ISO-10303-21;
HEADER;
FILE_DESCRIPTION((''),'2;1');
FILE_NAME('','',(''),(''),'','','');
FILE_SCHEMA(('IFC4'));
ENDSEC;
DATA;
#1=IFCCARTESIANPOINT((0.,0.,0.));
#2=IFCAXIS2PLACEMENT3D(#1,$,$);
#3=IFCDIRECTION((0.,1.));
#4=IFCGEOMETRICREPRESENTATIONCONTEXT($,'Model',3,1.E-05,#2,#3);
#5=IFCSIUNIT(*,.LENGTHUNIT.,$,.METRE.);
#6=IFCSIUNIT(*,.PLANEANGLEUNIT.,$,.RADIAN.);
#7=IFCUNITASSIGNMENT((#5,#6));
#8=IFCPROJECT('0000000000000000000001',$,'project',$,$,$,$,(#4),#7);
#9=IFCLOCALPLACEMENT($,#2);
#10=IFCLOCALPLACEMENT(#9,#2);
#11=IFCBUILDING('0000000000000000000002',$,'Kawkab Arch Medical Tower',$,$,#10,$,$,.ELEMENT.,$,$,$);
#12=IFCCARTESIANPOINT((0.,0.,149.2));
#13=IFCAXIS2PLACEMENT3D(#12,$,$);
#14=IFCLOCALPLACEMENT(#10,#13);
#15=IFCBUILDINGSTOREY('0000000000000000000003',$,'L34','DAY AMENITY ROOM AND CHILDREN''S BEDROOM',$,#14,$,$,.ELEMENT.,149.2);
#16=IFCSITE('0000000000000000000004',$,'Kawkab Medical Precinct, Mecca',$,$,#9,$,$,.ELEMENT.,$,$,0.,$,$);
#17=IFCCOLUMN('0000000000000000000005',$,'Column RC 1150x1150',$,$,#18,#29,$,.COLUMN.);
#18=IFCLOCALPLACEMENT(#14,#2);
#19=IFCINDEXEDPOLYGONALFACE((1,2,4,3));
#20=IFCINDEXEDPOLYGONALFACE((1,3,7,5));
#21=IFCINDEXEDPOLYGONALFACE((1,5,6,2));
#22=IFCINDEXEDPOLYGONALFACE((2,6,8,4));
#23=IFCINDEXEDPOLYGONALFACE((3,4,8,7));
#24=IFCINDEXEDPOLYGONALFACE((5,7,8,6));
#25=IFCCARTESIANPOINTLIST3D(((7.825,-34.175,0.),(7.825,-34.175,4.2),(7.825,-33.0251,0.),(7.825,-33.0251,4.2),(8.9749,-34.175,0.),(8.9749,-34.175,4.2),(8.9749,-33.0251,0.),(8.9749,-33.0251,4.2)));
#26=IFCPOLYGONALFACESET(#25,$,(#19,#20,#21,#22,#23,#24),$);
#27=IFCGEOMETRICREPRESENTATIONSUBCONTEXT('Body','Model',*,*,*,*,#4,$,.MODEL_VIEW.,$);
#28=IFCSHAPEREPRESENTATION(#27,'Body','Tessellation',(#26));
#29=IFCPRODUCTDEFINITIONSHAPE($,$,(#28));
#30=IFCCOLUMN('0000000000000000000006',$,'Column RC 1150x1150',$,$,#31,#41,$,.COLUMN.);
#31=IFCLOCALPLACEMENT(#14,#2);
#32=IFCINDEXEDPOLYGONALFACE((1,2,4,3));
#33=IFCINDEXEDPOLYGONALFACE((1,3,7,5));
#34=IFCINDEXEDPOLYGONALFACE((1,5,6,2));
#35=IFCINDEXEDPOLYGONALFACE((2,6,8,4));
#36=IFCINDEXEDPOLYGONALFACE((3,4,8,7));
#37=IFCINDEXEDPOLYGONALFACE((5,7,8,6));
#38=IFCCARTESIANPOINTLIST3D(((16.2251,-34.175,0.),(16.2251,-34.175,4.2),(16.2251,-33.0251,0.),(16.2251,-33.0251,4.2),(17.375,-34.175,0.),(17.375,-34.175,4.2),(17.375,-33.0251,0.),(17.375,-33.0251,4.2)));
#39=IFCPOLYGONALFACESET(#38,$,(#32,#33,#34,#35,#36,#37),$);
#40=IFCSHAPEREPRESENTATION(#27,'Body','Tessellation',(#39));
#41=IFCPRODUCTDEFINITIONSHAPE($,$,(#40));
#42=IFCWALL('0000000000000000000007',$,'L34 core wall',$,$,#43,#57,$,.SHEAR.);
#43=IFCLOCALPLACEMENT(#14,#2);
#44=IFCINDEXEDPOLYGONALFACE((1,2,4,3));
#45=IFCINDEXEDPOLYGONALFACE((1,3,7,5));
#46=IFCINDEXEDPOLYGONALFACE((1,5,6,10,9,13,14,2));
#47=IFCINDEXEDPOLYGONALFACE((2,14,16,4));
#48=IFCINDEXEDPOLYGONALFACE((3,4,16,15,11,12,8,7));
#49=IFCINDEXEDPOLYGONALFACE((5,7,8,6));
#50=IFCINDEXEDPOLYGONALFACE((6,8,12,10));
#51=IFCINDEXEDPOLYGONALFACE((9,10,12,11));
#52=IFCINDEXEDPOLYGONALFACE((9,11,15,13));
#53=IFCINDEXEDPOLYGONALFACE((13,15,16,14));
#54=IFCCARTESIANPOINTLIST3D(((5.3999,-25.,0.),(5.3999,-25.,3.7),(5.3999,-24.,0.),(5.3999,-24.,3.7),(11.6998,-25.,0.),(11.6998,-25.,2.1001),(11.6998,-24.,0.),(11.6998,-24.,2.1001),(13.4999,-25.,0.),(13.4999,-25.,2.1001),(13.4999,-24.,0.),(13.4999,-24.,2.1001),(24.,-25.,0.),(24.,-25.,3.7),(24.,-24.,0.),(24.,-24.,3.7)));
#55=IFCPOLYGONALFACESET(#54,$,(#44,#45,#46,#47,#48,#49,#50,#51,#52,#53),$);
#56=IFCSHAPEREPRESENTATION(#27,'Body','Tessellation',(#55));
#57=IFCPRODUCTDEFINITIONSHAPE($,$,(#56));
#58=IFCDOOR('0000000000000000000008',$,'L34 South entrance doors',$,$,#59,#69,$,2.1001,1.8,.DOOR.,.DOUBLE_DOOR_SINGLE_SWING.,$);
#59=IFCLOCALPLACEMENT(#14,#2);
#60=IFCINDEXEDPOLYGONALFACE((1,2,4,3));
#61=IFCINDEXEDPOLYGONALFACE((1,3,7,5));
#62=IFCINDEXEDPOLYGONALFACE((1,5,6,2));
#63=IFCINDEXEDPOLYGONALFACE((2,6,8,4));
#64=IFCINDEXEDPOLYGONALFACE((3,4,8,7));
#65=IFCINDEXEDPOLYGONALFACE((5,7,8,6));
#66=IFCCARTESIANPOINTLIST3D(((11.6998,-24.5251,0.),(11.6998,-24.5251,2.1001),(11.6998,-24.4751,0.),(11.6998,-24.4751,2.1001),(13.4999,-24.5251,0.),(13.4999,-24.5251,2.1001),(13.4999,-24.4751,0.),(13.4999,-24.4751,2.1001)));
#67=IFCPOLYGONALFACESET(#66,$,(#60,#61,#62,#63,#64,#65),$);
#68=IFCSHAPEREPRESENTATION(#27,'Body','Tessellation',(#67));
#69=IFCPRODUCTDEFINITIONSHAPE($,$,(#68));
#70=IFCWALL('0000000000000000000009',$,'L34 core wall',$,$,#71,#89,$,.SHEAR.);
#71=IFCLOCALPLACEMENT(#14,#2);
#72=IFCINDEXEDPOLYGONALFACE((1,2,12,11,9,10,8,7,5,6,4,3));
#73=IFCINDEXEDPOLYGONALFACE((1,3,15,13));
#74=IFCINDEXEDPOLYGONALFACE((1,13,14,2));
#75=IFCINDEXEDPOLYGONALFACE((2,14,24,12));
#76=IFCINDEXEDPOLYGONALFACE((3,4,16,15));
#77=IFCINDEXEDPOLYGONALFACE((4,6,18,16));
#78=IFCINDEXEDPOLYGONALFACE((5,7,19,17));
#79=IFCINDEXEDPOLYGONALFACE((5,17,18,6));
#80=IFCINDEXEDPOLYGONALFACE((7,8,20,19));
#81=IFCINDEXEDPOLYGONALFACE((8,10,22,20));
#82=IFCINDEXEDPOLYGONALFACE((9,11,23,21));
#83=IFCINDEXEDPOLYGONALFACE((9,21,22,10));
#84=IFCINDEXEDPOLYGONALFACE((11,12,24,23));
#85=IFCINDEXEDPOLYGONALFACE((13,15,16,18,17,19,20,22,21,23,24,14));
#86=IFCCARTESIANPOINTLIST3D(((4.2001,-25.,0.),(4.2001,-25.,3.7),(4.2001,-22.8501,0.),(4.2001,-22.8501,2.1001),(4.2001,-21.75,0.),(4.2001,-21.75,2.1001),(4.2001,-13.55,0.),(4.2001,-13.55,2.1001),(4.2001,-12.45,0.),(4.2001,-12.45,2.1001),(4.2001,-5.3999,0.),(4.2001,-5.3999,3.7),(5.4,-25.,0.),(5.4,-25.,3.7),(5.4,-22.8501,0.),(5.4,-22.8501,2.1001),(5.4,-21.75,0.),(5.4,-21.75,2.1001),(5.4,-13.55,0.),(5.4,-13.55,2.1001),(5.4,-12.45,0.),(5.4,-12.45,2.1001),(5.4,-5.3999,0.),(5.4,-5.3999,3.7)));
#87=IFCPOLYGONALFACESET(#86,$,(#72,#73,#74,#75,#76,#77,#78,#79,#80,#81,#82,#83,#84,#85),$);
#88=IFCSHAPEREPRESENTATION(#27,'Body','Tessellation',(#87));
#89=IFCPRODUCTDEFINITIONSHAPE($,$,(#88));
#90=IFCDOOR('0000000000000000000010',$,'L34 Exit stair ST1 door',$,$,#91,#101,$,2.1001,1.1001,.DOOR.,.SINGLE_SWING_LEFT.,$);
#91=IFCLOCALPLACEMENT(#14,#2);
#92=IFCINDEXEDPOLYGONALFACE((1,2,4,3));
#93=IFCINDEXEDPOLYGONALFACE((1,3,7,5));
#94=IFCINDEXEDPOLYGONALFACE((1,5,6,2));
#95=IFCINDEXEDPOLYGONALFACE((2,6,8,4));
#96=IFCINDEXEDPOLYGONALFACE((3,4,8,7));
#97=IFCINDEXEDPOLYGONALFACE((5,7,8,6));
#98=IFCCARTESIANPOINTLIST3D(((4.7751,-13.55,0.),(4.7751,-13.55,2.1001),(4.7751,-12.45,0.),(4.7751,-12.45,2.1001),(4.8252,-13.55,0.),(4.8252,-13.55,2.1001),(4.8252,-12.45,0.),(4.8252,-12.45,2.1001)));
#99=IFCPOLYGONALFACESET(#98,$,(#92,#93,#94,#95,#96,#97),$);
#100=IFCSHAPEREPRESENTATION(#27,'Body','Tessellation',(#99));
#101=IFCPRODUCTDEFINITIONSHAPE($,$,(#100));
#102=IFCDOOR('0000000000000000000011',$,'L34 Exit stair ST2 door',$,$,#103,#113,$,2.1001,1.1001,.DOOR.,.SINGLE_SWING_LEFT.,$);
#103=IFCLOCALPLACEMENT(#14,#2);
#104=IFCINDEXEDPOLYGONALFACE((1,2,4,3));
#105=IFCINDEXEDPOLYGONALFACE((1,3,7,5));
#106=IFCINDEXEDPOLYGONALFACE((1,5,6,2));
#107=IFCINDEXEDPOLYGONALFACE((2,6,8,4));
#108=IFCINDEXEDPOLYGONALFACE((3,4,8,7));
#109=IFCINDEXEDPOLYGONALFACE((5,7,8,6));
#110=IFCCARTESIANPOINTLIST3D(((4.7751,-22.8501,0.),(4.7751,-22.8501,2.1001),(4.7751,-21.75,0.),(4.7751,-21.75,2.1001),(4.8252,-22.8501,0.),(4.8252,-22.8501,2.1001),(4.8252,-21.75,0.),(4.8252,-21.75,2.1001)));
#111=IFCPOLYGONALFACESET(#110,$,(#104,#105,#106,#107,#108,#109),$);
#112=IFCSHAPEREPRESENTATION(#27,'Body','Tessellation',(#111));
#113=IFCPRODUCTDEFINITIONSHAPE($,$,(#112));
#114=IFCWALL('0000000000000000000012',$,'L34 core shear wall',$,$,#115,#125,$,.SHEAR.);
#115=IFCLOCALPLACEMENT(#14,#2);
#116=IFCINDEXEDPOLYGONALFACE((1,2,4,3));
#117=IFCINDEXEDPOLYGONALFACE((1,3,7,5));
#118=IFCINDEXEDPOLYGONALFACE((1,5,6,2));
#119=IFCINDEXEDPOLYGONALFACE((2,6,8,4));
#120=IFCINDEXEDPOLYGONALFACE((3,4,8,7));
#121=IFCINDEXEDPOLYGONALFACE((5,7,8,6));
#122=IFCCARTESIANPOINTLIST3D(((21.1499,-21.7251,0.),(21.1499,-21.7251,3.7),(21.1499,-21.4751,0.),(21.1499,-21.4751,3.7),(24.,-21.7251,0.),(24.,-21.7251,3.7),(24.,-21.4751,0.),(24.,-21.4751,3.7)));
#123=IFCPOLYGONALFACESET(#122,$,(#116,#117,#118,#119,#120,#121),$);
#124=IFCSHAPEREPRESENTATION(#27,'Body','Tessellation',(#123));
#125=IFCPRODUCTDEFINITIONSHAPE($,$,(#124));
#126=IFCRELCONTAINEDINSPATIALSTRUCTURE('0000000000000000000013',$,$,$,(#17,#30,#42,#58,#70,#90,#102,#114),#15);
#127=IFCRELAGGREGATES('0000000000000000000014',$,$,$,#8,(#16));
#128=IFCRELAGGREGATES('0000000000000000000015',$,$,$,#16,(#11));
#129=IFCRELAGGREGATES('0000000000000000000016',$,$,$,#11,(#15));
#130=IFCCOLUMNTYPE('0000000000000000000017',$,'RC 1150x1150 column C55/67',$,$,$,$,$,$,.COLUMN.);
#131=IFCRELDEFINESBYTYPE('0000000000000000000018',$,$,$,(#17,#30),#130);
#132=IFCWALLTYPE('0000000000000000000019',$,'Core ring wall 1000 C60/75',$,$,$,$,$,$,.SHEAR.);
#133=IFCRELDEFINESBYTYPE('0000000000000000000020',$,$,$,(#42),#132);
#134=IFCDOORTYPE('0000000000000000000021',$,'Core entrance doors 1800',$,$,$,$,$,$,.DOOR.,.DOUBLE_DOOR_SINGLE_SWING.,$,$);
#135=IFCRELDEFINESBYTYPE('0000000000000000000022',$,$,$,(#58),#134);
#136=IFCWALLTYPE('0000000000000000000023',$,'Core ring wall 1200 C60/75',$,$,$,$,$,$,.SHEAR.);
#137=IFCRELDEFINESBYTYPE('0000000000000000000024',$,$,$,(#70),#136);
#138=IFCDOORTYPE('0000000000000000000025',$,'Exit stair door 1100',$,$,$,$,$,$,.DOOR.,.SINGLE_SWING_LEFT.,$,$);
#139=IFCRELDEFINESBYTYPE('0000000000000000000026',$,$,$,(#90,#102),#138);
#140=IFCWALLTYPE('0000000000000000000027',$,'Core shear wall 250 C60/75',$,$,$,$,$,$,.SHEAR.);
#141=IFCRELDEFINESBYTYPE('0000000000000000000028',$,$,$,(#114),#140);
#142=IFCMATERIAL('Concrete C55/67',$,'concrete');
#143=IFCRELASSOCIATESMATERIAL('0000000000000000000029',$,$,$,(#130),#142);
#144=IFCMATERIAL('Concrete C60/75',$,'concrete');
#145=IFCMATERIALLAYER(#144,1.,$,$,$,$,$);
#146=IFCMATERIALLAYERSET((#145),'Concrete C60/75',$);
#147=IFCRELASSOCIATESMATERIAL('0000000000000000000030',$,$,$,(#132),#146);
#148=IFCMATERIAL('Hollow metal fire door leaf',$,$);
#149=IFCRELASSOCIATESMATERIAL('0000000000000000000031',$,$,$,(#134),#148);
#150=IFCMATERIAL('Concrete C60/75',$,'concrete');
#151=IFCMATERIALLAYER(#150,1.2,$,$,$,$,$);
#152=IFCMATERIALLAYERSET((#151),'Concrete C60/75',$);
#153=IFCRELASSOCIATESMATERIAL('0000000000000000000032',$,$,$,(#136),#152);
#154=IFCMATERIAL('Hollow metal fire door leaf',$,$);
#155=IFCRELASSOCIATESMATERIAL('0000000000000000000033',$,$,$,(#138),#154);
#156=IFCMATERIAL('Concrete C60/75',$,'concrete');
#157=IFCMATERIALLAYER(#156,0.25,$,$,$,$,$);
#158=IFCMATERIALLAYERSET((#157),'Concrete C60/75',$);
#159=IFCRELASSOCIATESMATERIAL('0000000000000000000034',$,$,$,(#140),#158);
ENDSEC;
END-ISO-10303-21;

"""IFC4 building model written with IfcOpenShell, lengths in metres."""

from ifc_helpers import new_model, si_unit, direction, frame, frame_2d, origin, origin_2d, place, context, subcontext, project, spatial, rectangle, extrude, material, layer, layer_set, material_profile, profile_set, type_object, element, fill, save


model = new_model("IFC4")

# Units and contexts
model_context = context("Model", 3, precision=1e-05, world=origin(), true_north=direction((0.0, 1.0)))
body_context = subcontext(model_context, "Body", "Model", "MODEL_VIEW")
ifc_project = project(units=[si_unit("LENGTHUNIT", "METRE"), si_unit("PLANEANGLEUNIT", "RADIAN")], contexts=[model_context])

# Site, building, storey
site_placement = place(None, origin())
site = spatial("IfcSite", under=ifc_project, at=site_placement, Name="Kawkab Medical Precinct, Mecca", CompositionType="ELEMENT", RefElevation=0.0)
building_placement = place(site_placement, origin())
building = spatial("IfcBuilding", under=site, at=building_placement, Name="Kawkab Arch Medical Tower", CompositionType="ELEMENT")
storey_placement = place(building_placement, frame((0.0, 0.0, 149.2)))
storey = spatial("IfcBuildingStorey", under=building, at=storey_placement, Name="L34", Description="DAY AMENITY ROOM AND CHILDREN'S BEDROOM", CompositionType="ELEMENT", Elevation=149.2)

# Columns
ifc_material_1 = material(Name="Concrete C55/67", Category="concrete")
ifc_material_profile = material_profile(ifc_material_1, rectangle(XDim=1.1499, YDim=1.1499, at=origin_2d()), Name="RC 1150x1150")
ifc_profile_set = profile_set([ifc_material_profile], Name="Concrete C55/67")
column_type = type_object("IfcColumnType", Name="RC 1150x1150 column C55/67", PredefinedType="COLUMN", material=ifc_profile_set)
for number, where, z_axis, x_axis, name in (
    (1, (8.3999, -33.6001, 0.0), (0.0, 0.0, 1.0), (1.0, 0.0, 0.0), "Column RC 1150x1150"),
    (2, (16.8, -33.6001, 0.0), (0.0, 0.0, 1.0), (1.0, 0.0, 0.0), "Column RC 1150x1150"),
):
    element("IfcColumn", number, at=place(storey_placement, frame(where, z_axis=z_axis, x_axis=x_axis)), inside=storey, type_object=column_type, Name=name, PredefinedType="COLUMN", context=body_context, shape_type="SweptSolid", body=[
        extrude(rectangle(XDim=1.1499, YDim=1.1499, at=origin_2d()), origin(), (0.0, 0.0, 1.0), 4.2),
    ])

# Wall, opening, door
ifc_material_2 = material(Name="Concrete C60/75", Category="concrete")
ifc_layer_1 = layer(ifc_material_2, 1.0)
ifc_layer_set_1 = layer_set([ifc_layer_1], Name="Concrete C60/75")
wall_type_1 = type_object("IfcWallType", Name="Core ring wall 1000 C60/75", PredefinedType="SHEAR", material=ifc_layer_set_1)
wall_1_placement = place(storey_placement, frame((5.3999, -24.5, 0.0), z_axis=(0.0, 0.0, 1.0), x_axis=(1.0, 0.0, 0.0)))
wall_1 = element("IfcWall", 3, at=wall_1_placement, inside=storey, type_object=wall_type_1, Name="L34 core wall", PredefinedType="SHEAR", context=body_context, shape_type="SweptSolid", body=[
    extrude(rectangle(XDim=18.6001, YDim=1.0, at=frame_2d((9.3, 0.0))), origin(), (0.0, 0.0, 1.0), 3.7),
])
opening_1_placement = place(wall_1_placement, frame((6.3, 0.0, 0.0)))
opening_1 = element("IfcOpeningElement", 4, at=opening_1_placement, cuts=wall_1, PredefinedType="OPENING", context=body_context, shape_type="SweptSolid", body=[
    extrude(rectangle(XDim=1.8, YDim=2.1001, at=frame_2d((0.8999, 1.05))), frame((0.0, 0.51, 0.0), z_axis=(0.0, -1.0, 0.0), x_axis=(1.0, 0.0, 0.0)), (0.0, 0.0, 1.0), 1.02),
])
ifc_material_3 = material(Name="Hollow metal fire door leaf")
door_type_1 = type_object("IfcDoorType", Name="Core entrance doors 1800", OperationType="DOUBLE_DOOR_SINGLE_SWING", PredefinedType="DOOR", material=ifc_material_3)
door_1_placement = place(opening_1_placement, origin())
door_1 = element("IfcDoor", 5, at=door_1_placement, inside=storey, type_object=door_type_1, Name="L34 South entrance doors", OperationType="DOUBLE_DOOR_SINGLE_SWING", OverallHeight=2.1001, OverallWidth=1.8, PredefinedType="DOOR", context=body_context, shape_type="SweptSolid", body=[
    extrude(rectangle(XDim=1.8, YDim=2.1001, at=frame_2d((0.8999, 1.05))), frame((0.0, 0.0249, 0.0), z_axis=(0.0, -1.0, 0.0), x_axis=(1.0, 0.0, 0.0)), (0.0, 0.0, 1.0), 0.05),
])
fill(opening_1, door_1)

# Wall, openings, doors
ifc_material_4 = material(Name="Concrete C60/75", Category="concrete")
ifc_layer_2 = layer(ifc_material_4, 1.2)
ifc_layer_set_2 = layer_set([ifc_layer_2], Name="Concrete C60/75")
wall_type_2 = type_object("IfcWallType", Name="Core ring wall 1200 C60/75", PredefinedType="SHEAR", material=ifc_layer_set_2)
wall_2_placement = place(storey_placement, frame((4.8, -25.0, 0.0), z_axis=(0.0, 0.0, 1.0), x_axis=(0.0, 1.0, 0.0)))
wall_2 = element("IfcWall", 6, at=wall_2_placement, inside=storey, type_object=wall_type_2, Name="L34 core wall", PredefinedType="SHEAR", context=body_context, shape_type="SweptSolid", body=[
    extrude(rectangle(XDim=19.6001, YDim=1.2, at=frame_2d((9.8, 0.0))), origin(), (0.0, 0.0, 1.0), 3.7),
])
opening_2_placement = place(wall_2_placement, frame((11.45, 0.0, 0.0)))
opening_2 = element("IfcOpeningElement", 7, at=opening_2_placement, cuts=wall_2, PredefinedType="OPENING", context=body_context, shape_type="SweptSolid", body=[
    extrude(rectangle(XDim=1.1001, YDim=2.1001, at=frame_2d((0.55, 1.05))), frame((0.0, 0.6099, 0.0), z_axis=(0.0, -1.0, 0.0), x_axis=(1.0, 0.0, 0.0)), (0.0, 0.0, 1.0), 1.22),
])
opening_3_placement = place(wall_2_placement, frame((2.1499, 0.0, 0.0)))
opening_3 = element("IfcOpeningElement", 8, at=opening_3_placement, cuts=wall_2, PredefinedType="OPENING", context=body_context, shape_type="SweptSolid", body=[
    extrude(rectangle(XDim=1.1001, YDim=2.1001, at=frame_2d((0.55, 1.05))), frame((0.0, 0.6099, 0.0), z_axis=(0.0, -1.0, 0.0), x_axis=(1.0, 0.0, 0.0)), (0.0, 0.0, 1.0), 1.22),
])
ifc_material_5 = material(Name="Hollow metal fire door leaf")
door_type_2 = type_object("IfcDoorType", Name="Exit stair door 1100", OperationType="SINGLE_SWING_LEFT", PredefinedType="DOOR", material=ifc_material_5)
door_2_placement = place(opening_2_placement, origin())
door_2 = element("IfcDoor", 9, at=door_2_placement, inside=storey, type_object=door_type_2, Name="L34 Exit stair ST1 door", OperationType="SINGLE_SWING_LEFT", OverallHeight=2.1001, OverallWidth=1.1001, PredefinedType="DOOR", context=body_context, shape_type="SweptSolid", body=[
    extrude(rectangle(XDim=1.1001, YDim=2.1001, at=frame_2d((0.55, 1.05))), frame((0.0, 0.0249, 0.0), z_axis=(0.0, -1.0, 0.0), x_axis=(1.0, 0.0, 0.0)), (0.0, 0.0, 1.0), 0.05),
])
fill(opening_2, door_2)
door_3_placement = place(opening_3_placement, origin())
door_3 = element("IfcDoor", 10, at=door_3_placement, inside=storey, type_object=door_type_2, Name="L34 Exit stair ST2 door", OperationType="SINGLE_SWING_LEFT", OverallHeight=2.1001, OverallWidth=1.1001, PredefinedType="DOOR", context=body_context, shape_type="SweptSolid", body=[
    extrude(rectangle(XDim=1.1001, YDim=2.1001, at=frame_2d((0.55, 1.05))), frame((0.0, 0.0249, 0.0), z_axis=(0.0, -1.0, 0.0), x_axis=(1.0, 0.0, 0.0)), (0.0, 0.0, 1.0), 0.05),
])
fill(opening_3, door_3)

# Wall
ifc_material_6 = material(Name="Concrete C60/75", Category="concrete")
ifc_layer_3 = layer(ifc_material_6, 0.25)
ifc_layer_set_3 = layer_set([ifc_layer_3], Name="Concrete C60/75")
wall_type_3 = type_object("IfcWallType", Name="Core shear wall 250 C60/75", PredefinedType="SHEAR", material=ifc_layer_set_3)
wall_3_placement = place(storey_placement, frame((21.1499, -21.6001, 0.0), z_axis=(0.0, 0.0, 1.0), x_axis=(1.0, 0.0, 0.0)))
element("IfcWall", 11, at=wall_3_placement, inside=storey, type_object=wall_type_3, Name="L34 core shear wall", PredefinedType="SHEAR", context=body_context, shape_type="SweptSolid", body=[
    extrude(rectangle(XDim=2.8501, YDim=0.25, at=frame_2d((1.425, 0.0))), origin(), (0.0, 0.0, 1.0), 3.7),
])

save(model, "model.ifc")
